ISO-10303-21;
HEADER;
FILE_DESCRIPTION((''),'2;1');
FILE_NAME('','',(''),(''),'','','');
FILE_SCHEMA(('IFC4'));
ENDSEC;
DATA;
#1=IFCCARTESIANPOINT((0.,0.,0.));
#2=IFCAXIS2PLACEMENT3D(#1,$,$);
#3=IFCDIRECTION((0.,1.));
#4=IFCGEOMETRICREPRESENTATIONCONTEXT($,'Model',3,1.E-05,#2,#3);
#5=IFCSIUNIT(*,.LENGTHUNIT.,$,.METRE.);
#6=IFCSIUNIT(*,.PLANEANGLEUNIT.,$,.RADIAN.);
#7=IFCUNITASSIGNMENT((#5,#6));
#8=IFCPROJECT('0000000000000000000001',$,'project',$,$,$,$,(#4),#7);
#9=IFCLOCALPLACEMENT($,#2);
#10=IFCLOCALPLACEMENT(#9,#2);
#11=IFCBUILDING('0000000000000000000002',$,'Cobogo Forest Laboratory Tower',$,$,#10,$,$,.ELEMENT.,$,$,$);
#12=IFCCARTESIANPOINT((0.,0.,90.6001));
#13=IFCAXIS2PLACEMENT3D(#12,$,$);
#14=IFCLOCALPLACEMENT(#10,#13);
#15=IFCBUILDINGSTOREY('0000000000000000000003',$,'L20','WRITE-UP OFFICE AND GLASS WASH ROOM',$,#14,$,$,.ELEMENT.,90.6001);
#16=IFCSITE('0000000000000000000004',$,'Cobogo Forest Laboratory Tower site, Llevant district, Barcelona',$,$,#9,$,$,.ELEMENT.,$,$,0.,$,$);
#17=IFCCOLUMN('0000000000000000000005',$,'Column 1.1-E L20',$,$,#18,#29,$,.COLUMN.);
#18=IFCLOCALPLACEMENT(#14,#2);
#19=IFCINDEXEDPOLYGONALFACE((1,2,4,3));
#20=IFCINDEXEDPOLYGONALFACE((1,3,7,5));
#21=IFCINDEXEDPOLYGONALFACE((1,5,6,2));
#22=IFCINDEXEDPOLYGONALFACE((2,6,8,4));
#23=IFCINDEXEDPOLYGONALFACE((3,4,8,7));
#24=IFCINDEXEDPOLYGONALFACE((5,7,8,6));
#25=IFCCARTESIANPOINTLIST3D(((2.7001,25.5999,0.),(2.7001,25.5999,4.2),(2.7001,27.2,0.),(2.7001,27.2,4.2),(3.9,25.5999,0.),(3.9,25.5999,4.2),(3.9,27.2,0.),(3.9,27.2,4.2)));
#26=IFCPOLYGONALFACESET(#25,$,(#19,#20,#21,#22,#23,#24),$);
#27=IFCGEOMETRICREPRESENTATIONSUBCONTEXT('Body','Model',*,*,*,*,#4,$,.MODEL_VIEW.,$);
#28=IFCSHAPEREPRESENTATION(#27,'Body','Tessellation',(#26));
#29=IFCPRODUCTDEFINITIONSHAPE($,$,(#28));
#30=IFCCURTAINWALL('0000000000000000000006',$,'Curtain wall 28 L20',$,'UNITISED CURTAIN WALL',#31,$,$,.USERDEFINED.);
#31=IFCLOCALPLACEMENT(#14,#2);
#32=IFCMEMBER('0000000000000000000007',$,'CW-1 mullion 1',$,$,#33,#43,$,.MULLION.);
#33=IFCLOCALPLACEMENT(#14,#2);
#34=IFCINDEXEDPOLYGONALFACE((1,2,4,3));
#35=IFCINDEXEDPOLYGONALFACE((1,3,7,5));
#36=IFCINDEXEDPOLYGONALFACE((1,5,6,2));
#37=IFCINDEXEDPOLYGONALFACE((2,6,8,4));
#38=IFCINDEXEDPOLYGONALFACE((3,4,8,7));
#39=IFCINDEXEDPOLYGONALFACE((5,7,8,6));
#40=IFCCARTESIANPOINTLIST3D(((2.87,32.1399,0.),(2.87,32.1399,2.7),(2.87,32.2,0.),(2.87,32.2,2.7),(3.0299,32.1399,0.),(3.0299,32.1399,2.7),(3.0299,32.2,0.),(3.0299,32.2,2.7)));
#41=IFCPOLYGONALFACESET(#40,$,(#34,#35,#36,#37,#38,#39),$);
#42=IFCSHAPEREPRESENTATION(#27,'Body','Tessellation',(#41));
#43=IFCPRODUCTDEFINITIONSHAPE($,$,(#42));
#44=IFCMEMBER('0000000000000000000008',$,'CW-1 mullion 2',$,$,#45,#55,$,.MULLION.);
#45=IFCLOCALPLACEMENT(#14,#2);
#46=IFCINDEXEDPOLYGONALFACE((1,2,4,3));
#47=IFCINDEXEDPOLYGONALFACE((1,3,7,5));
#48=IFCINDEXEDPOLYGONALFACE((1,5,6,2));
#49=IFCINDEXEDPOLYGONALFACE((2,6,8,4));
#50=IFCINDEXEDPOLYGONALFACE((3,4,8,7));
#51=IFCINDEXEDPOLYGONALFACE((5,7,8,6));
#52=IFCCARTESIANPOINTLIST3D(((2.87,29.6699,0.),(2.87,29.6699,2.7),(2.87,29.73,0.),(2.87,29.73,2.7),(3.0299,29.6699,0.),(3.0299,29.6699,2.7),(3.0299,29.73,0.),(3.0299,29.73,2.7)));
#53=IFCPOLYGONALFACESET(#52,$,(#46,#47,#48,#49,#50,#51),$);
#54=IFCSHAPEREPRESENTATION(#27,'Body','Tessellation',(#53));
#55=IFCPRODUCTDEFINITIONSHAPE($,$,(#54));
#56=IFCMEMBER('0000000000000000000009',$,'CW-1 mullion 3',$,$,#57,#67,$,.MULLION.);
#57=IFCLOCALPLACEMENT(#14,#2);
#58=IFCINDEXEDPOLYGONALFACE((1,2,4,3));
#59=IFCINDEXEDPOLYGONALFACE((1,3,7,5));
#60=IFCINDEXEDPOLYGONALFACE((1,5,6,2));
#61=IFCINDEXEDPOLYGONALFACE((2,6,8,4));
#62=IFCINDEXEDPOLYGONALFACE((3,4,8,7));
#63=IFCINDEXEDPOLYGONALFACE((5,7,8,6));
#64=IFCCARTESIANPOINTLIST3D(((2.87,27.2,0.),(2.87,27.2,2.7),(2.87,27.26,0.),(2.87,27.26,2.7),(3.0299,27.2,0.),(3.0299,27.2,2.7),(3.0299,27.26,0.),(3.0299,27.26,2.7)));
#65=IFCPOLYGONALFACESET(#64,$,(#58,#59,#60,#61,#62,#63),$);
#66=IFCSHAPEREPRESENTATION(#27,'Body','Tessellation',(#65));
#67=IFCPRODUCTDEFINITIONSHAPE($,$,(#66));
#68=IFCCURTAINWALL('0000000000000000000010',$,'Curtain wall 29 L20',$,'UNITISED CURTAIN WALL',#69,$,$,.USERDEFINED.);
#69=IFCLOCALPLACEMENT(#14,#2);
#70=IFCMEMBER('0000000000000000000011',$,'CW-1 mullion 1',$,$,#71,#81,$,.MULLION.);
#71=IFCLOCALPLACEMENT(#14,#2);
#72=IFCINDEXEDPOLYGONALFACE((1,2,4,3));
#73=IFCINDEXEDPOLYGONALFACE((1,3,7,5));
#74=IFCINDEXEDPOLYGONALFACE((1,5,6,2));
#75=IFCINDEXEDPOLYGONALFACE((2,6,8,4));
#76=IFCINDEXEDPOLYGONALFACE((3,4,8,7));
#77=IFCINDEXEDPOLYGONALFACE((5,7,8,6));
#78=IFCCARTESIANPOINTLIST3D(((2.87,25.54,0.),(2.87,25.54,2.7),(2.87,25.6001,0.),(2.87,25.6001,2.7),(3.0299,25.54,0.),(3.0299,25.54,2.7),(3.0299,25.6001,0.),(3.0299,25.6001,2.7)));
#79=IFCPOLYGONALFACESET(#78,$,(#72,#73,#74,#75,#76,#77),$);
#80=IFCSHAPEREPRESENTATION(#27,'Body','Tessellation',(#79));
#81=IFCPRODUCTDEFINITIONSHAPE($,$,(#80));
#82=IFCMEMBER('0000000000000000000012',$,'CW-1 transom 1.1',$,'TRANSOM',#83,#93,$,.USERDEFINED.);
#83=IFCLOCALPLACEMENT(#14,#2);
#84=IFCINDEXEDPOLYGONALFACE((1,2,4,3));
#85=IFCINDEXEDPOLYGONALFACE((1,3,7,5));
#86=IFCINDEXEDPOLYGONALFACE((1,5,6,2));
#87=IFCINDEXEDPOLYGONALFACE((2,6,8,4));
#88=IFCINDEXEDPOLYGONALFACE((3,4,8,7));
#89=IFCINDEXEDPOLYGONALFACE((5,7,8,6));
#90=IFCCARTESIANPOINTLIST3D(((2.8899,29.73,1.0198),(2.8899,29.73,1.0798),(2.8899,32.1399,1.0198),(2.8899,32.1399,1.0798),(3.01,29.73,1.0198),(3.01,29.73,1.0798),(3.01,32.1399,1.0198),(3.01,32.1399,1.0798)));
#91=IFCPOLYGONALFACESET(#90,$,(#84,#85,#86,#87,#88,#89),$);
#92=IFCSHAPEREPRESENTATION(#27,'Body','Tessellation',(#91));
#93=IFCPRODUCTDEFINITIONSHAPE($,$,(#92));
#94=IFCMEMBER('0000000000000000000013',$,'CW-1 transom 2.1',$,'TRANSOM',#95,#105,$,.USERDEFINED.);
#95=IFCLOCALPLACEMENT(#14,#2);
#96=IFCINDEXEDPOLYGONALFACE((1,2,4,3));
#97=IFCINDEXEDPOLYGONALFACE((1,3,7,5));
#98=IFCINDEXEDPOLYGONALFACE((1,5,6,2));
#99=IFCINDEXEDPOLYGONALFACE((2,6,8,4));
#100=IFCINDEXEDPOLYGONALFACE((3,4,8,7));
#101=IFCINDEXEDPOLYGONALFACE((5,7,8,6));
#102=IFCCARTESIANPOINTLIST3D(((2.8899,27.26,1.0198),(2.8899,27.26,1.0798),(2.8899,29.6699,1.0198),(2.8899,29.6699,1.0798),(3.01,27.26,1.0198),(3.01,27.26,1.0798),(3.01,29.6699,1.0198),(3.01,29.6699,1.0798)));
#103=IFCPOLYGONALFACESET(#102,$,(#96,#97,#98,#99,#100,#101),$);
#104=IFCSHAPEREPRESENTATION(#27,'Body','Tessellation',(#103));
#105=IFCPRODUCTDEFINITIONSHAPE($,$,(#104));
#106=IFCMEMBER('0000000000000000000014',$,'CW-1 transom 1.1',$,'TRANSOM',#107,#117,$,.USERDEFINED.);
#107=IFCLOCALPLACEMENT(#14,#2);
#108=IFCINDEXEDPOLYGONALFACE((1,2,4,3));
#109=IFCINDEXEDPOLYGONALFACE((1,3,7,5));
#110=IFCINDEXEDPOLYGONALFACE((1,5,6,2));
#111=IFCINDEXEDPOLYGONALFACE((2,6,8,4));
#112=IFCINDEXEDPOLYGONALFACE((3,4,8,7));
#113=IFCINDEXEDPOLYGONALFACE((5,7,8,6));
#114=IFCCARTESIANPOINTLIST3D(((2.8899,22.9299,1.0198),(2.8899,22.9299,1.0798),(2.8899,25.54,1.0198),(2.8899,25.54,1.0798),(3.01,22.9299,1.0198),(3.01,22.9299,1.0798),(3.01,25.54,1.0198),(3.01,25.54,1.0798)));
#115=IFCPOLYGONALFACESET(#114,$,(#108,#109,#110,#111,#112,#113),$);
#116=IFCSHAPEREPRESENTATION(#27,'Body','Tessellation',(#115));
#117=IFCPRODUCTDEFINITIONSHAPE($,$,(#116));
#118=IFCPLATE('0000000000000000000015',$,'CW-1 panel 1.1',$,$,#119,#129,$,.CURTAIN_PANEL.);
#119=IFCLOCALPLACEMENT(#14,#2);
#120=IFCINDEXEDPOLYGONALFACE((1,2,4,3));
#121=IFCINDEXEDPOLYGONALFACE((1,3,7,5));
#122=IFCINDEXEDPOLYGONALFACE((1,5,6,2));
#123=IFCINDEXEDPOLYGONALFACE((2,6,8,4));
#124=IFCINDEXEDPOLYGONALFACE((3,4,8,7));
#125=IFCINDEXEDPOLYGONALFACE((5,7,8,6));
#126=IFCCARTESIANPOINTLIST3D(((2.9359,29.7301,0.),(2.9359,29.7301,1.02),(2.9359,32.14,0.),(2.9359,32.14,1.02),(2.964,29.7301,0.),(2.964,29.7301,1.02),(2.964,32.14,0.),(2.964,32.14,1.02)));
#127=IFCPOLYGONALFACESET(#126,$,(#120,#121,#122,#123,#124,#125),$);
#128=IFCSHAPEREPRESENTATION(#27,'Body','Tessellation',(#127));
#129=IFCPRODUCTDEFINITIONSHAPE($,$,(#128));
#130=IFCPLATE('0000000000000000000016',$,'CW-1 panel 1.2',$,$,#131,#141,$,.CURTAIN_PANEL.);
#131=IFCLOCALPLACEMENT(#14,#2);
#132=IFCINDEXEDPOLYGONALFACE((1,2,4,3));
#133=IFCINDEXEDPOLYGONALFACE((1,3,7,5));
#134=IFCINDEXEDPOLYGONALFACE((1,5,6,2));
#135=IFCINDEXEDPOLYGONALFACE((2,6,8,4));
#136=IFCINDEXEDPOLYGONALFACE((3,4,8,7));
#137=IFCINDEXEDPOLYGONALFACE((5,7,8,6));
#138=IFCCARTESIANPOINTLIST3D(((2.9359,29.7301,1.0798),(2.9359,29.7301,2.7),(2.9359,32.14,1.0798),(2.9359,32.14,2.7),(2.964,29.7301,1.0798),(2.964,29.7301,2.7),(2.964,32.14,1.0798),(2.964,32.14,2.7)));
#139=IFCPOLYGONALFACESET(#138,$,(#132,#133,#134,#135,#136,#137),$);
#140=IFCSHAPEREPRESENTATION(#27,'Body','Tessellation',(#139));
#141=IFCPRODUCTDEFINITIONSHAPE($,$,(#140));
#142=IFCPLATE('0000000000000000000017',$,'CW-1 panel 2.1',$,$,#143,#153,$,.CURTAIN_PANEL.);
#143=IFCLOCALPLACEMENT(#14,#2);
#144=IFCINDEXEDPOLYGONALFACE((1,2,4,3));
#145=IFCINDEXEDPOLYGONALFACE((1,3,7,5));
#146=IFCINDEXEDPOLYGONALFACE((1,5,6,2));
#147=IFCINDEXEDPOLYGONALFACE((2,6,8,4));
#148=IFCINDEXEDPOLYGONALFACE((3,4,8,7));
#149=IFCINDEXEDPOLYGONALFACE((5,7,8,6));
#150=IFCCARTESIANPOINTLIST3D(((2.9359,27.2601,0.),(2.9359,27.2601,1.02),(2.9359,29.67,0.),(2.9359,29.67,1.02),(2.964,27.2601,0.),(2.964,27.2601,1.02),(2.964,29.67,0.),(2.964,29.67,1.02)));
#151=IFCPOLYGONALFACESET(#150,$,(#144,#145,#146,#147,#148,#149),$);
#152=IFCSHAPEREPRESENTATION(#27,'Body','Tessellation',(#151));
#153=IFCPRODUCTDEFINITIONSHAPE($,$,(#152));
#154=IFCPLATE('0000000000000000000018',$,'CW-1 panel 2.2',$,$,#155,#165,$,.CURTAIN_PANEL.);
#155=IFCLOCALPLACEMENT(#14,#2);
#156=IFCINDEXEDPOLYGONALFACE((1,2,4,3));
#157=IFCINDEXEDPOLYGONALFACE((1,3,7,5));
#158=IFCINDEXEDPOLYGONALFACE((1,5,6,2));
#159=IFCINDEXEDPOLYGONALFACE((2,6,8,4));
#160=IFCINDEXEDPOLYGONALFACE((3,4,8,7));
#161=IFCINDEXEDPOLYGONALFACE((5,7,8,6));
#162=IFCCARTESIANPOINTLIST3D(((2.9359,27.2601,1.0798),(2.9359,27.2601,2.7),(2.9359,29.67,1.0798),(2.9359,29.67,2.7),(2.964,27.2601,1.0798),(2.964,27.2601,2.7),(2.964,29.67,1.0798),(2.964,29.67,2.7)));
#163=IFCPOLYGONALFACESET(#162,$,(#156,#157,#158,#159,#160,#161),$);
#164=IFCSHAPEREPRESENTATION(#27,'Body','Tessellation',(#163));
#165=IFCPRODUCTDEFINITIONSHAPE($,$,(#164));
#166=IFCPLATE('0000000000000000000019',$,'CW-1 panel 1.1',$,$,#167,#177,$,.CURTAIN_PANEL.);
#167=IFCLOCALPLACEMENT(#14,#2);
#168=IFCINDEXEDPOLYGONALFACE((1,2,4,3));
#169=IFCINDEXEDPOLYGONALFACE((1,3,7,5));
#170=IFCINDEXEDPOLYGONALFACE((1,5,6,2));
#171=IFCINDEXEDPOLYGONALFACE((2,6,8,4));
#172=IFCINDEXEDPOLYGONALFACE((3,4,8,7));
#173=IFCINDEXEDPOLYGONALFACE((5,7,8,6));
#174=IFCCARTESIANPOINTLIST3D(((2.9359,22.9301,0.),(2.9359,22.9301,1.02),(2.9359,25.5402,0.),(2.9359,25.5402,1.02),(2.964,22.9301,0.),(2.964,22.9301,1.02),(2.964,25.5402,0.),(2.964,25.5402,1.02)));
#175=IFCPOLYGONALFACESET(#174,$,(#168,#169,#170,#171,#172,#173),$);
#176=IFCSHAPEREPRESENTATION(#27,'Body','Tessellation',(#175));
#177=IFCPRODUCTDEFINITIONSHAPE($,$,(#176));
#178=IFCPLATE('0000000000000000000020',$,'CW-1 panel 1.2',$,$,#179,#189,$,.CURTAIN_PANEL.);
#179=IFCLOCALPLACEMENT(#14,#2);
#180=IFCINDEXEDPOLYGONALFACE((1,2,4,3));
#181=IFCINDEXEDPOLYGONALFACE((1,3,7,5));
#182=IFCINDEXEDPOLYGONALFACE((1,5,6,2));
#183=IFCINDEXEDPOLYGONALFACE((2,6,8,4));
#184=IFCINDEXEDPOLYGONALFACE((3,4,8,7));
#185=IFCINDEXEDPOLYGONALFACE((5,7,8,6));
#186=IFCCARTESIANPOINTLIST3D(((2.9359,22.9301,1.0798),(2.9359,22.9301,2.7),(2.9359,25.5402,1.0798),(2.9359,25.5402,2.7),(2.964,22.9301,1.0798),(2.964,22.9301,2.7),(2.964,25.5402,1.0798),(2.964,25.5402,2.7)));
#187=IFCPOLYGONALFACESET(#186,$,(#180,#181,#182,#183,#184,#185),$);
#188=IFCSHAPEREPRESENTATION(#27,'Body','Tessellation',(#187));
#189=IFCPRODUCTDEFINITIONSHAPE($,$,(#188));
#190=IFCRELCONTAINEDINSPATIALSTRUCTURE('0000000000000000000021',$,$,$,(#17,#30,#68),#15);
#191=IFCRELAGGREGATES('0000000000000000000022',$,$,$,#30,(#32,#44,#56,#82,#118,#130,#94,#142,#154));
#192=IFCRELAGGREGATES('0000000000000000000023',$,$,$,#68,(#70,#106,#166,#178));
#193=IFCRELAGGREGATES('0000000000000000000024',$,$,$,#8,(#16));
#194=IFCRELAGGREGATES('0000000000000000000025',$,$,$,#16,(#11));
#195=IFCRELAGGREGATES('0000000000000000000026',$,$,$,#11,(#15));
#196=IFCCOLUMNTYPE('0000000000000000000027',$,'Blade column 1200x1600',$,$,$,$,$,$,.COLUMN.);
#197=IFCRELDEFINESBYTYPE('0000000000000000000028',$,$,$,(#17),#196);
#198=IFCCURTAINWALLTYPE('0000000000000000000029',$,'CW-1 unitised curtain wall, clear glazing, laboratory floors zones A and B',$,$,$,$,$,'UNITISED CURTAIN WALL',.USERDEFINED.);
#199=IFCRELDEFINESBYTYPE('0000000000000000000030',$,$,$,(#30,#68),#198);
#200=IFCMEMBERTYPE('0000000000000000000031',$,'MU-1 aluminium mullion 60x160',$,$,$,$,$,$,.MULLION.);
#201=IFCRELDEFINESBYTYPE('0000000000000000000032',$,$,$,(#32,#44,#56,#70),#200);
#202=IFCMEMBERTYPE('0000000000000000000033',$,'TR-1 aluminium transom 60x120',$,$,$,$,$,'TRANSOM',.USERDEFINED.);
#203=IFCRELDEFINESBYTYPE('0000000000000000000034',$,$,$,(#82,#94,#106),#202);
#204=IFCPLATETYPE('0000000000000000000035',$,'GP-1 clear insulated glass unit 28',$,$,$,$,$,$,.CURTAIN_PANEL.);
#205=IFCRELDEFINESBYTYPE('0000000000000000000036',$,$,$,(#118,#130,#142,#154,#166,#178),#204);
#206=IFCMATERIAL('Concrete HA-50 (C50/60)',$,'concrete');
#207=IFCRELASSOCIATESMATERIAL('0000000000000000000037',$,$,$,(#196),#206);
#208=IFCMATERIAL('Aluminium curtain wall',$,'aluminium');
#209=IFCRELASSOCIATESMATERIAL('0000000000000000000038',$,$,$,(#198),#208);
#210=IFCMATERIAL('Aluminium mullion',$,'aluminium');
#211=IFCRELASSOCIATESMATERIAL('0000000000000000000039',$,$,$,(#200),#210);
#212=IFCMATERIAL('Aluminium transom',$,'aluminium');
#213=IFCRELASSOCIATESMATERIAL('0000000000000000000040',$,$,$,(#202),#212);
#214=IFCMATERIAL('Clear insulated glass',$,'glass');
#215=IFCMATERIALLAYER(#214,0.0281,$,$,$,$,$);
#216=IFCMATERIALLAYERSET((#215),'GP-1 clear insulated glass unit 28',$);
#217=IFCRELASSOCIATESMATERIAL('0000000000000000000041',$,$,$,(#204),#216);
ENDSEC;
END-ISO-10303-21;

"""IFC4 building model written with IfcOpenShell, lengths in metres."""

from ifc_helpers import new_model, si_unit, direction, frame, origin, origin_2d, place, context, subcontext, project, spatial, rectangle, extrude, material, layer, layer_set, material_profile, profile_set, type_object, element, aggregate, save


model = new_model("IFC4")

# Units and contexts
model_context = context("Model", 3, precision=1e-05, world=origin(), true_north=direction((0.0, 1.0)))
body_context = subcontext(model_context, "Body", "Model", "MODEL_VIEW")
ifc_project = project(units=[si_unit("LENGTHUNIT", "METRE"), si_unit("PLANEANGLEUNIT", "RADIAN")], contexts=[model_context])

# Site, building, storey
site_placement = place(None, origin())
site = spatial("IfcSite", under=ifc_project, at=site_placement, Name="Cobogo Forest Laboratory Tower site, Llevant district, Barcelona", CompositionType="ELEMENT", RefElevation=0.0)
building_placement = place(site_placement, origin())
building = spatial("IfcBuilding", under=site, at=building_placement, Name="Cobogo Forest Laboratory Tower", CompositionType="ELEMENT")
storey_placement = place(building_placement, frame((0.0, 0.0, 90.6001)))
storey = spatial("IfcBuildingStorey", under=building, at=storey_placement, Name="L20", Description="WRITE-UP OFFICE AND GLASS WASH ROOM", CompositionType="ELEMENT", Elevation=90.6001)

# Column
ifc_material_1 = material(Name="Concrete HA-50 (C50/60)", Category="concrete")
ifc_material_profile_1 = material_profile(ifc_material_1, rectangle(XDim=1.6001, YDim=1.2, at=origin_2d()), Name="RC 1200x1600")
ifc_profile_set_1 = profile_set([ifc_material_profile_1], Name="Concrete HA-50 (C50/60)")
column_type = type_object("IfcColumnType", Name="Blade column 1200x1600", PredefinedType="COLUMN", material=ifc_profile_set_1)
column_placement = place(storey_placement, frame((3.3, 26.3999, 0.0), z_axis=(0.0, 0.0, 1.0), x_axis=(0.0, 1.0, 0.0)))
element("IfcColumn", 1, at=column_placement, inside=storey, type_object=column_type, Name="Column 1.1-E L20", PredefinedType="COLUMN", context=body_context, shape_type="SweptSolid", body=[
    extrude(rectangle(XDim=1.6001, YDim=1.2, at=origin_2d()), origin(), (0.0, 0.0, 1.0), 4.2),
])

# Curtain wall, members
ifc_material_2 = material(Name="Aluminium curtain wall", Category="aluminium")
curtain_wall_type = type_object("IfcCurtainWallType", Name="CW-1 unitised curtain wall, clear glazing, laboratory floors zones A and B", ElementType="UNITISED CURTAIN WALL", PredefinedType="USERDEFINED", material=ifc_material_2)
curtain_wall_1_placement = place(storey_placement, origin())
curtain_wall_1 = element("IfcCurtainWall", 2, at=curtain_wall_1_placement, inside=storey, type_object=curtain_wall_type, Name="Curtain wall 28 L20", ObjectType="UNITISED CURTAIN WALL", PredefinedType="USERDEFINED")
ifc_material_3 = material(Name="Aluminium mullion", Category="aluminium")
ifc_material_profile_2 = material_profile(ifc_material_3, rectangle(XDim=0.0601, YDim=0.1599, at=origin_2d()), Name="AL 60x160")
ifc_profile_set_2 = profile_set([ifc_material_profile_2], Name="Aluminium mullion")
member_type_1 = type_object("IfcMemberType", Name="MU-1 aluminium mullion 60x160", PredefinedType="MULLION", material=ifc_profile_set_2)
member_1_placement = place(storey_placement, frame((2.95, 32.1699, 0.0), z_axis=(0.0, 0.0, 1.0), x_axis=(0.0, -1.0, 0.0)))
member_1 = element("IfcMember", 3, at=member_1_placement, type_object=member_type_1, Name="CW-1 mullion 1", PredefinedType="MULLION", context=body_context, shape_type="SweptSolid", body=[
    extrude(rectangle(XDim=0.0601, YDim=0.1599, at=origin_2d()), origin(), (0.0, 0.0, 1.0), 2.7),
])
member_2_placement = place(storey_placement, frame((2.95, 29.7, 0.0), z_axis=(0.0, 0.0, 1.0), x_axis=(0.0, -1.0, 0.0)))
member_2 = element("IfcMember", 4, at=member_2_placement, type_object=member_type_1, Name="CW-1 mullion 2", PredefinedType="MULLION", context=body_context, shape_type="SweptSolid", body=[
    extrude(rectangle(XDim=0.0601, YDim=0.1599, at=origin_2d()), origin(), (0.0, 0.0, 1.0), 2.7),
])
member_3_placement = place(storey_placement, frame((2.95, 27.23, 0.0), z_axis=(0.0, 0.0, 1.0), x_axis=(0.0, -1.0, 0.0)))
member_3 = element("IfcMember", 5, at=member_3_placement, type_object=member_type_1, Name="CW-1 mullion 3", PredefinedType="MULLION", context=body_context, shape_type="SweptSolid", body=[
    extrude(rectangle(XDim=0.0601, YDim=0.1599, at=origin_2d()), origin(), (0.0, 0.0, 1.0), 2.7),
])

# Curtain wall, member
curtain_wall_2_placement = place(storey_placement, origin())
curtain_wall_2 = element("IfcCurtainWall", 6, at=curtain_wall_2_placement, inside=storey, type_object=curtain_wall_type, Name="Curtain wall 29 L20", ObjectType="UNITISED CURTAIN WALL", PredefinedType="USERDEFINED")
member_4_placement = place(storey_placement, frame((2.95, 25.5701, 0.0), z_axis=(0.0, 0.0, 1.0), x_axis=(0.0, -1.0, 0.0)))
member_4 = element("IfcMember", 7, at=member_4_placement, type_object=member_type_1, Name="CW-1 mullion 1", PredefinedType="MULLION", context=body_context, shape_type="SweptSolid", body=[
    extrude(rectangle(XDim=0.0601, YDim=0.1599, at=origin_2d()), origin(), (0.0, 0.0, 1.0), 2.7),
])

# Members
ifc_material_4 = material(Name="Aluminium transom", Category="aluminium")
ifc_material_profile_3 = material_profile(ifc_material_4, rectangle(XDim=0.1201, YDim=0.0601, at=origin_2d()), Name="AL 60x120")
ifc_profile_set_3 = profile_set([ifc_material_profile_3], Name="Aluminium transom")
member_type_2 = type_object("IfcMemberType", Name="TR-1 aluminium transom 60x120", ElementType="TRANSOM", PredefinedType="USERDEFINED", material=ifc_profile_set_3)
member_5_placement = place(storey_placement, frame((2.95, 32.1399, 1.0498), z_axis=(0.0, -1.0, 0.0), x_axis=(1.0, 0.0, 0.0)))
member_5 = element("IfcMember", 8, at=member_5_placement, type_object=member_type_2, Name="CW-1 transom 1.1", ObjectType="TRANSOM", PredefinedType="USERDEFINED", context=body_context, shape_type="SweptSolid", body=[
    extrude(rectangle(XDim=0.1201, YDim=0.0601, at=origin_2d()), origin(), (0.0, 0.0, 1.0), 2.4099),
])
member_6_placement = place(storey_placement, frame((2.95, 29.6699, 1.0498), z_axis=(0.0, -1.0, 0.0), x_axis=(1.0, 0.0, 0.0)))
member_6 = element("IfcMember", 9, at=member_6_placement, type_object=member_type_2, Name="CW-1 transom 2.1", ObjectType="TRANSOM", PredefinedType="USERDEFINED", context=body_context, shape_type="SweptSolid", body=[
    extrude(rectangle(XDim=0.1201, YDim=0.0601, at=origin_2d()), origin(), (0.0, 0.0, 1.0), 2.4099),
])
member_7_placement = place(storey_placement, frame((2.95, 25.54, 1.0498), z_axis=(0.0, -1.0, 0.0), x_axis=(1.0, 0.0, 0.0)))
member_7 = element("IfcMember", 10, at=member_7_placement, type_object=member_type_2, Name="CW-1 transom 1.1", ObjectType="TRANSOM", PredefinedType="USERDEFINED", context=body_context, shape_type="SweptSolid", body=[
    extrude(rectangle(XDim=0.1201, YDim=0.0601, at=origin_2d()), origin(), (0.0, 0.0, 1.0), 2.6101),
])

# Plates
ifc_material_5 = material(Name="Clear insulated glass", Category="glass")
ifc_layer_1 = layer(ifc_material_5, 0.0281)
ifc_layer_set_1 = layer_set([ifc_layer_1], Name="GP-1 clear insulated glass unit 28")
plate_type_1 = type_object("IfcPlateType", Name="GP-1 clear insulated glass unit 28", PredefinedType="CURTAIN_PANEL", material=ifc_layer_set_1)
plate_1_placement = place(storey_placement, frame((2.95, 30.9351, 0.0), z_axis=(0.0, 0.0, 1.0), x_axis=(0.0, -1.0, 0.0)))
plate_1 = element("IfcPlate", 11, at=plate_1_placement, type_object=plate_type_1, Name="CW-1 panel 1.1", PredefinedType="CURTAIN_PANEL", context=body_context, shape_type="SweptSolid", body=[
    extrude(rectangle(XDim=2.4099, YDim=0.0281, at=origin_2d()), origin(), (0.0, 0.0, 1.0), 1.02),
])
plate_2_placement = place(storey_placement, frame((2.95, 30.9351, 1.0798), z_axis=(0.0, 0.0, 1.0), x_axis=(0.0, -1.0, 0.0)))
plate_2 = element("IfcPlate", 12, at=plate_2_placement, type_object=plate_type_1, Name="CW-1 panel 1.2", PredefinedType="CURTAIN_PANEL", context=body_context, shape_type="SweptSolid", body=[
    extrude(rectangle(XDim=2.4099, YDim=0.0281, at=origin_2d()), origin(), (0.0, 0.0, 1.0), 1.6201),
])
plate_3_placement = place(storey_placement, frame((2.95, 28.4651, 0.0), z_axis=(0.0, 0.0, 1.0), x_axis=(0.0, -1.0, 0.0)))
plate_3 = element("IfcPlate", 13, at=plate_3_placement, type_object=plate_type_1, Name="CW-1 panel 2.1", PredefinedType="CURTAIN_PANEL", context=body_context, shape_type="SweptSolid", body=[
    extrude(rectangle(XDim=2.4099, YDim=0.0281, at=origin_2d()), origin(), (0.0, 0.0, 1.0), 1.02),
])
plate_4_placement = place(storey_placement, frame((2.95, 28.4651, 1.0798), z_axis=(0.0, 0.0, 1.0), x_axis=(0.0, -1.0, 0.0)))
plate_4 = element("IfcPlate", 14, at=plate_4_placement, type_object=plate_type_1, Name="CW-1 panel 2.2", PredefinedType="CURTAIN_PANEL", context=body_context, shape_type="SweptSolid", body=[
    extrude(rectangle(XDim=2.4099, YDim=0.0281, at=origin_2d()), origin(), (0.0, 0.0, 1.0), 1.6201),
])
aggregate(curtain_wall_1, [member_1, member_2, member_3, member_5, plate_1, plate_2, member_6, plate_3, plate_4])
plate_5_placement = place(storey_placement, frame((2.95, 24.2351, 0.0), z_axis=(0.0, 0.0, 1.0), x_axis=(0.0, -1.0, 0.0)))
plate_5 = element("IfcPlate", 15, at=plate_5_placement, type_object=plate_type_1, Name="CW-1 panel 1.1", PredefinedType="CURTAIN_PANEL", context=body_context, shape_type="SweptSolid", body=[
    extrude(rectangle(XDim=2.6101, YDim=0.0281, at=origin_2d()), origin(), (0.0, 0.0, 1.0), 1.02),
])
plate_6_placement = place(storey_placement, frame((2.95, 24.2351, 1.0798), z_axis=(0.0, 0.0, 1.0), x_axis=(0.0, -1.0, 0.0)))
plate_6 = element("IfcPlate", 16, at=plate_6_placement, type_object=plate_type_1, Name="CW-1 panel 1.2", PredefinedType="CURTAIN_PANEL", context=body_context, shape_type="SweptSolid", body=[
    extrude(rectangle(XDim=2.6101, YDim=0.0281, at=origin_2d()), origin(), (0.0, 0.0, 1.0), 1.6201),
])
aggregate(curtain_wall_2, [member_4, member_7, plate_5, plate_6])

save(model, "model.ifc")
